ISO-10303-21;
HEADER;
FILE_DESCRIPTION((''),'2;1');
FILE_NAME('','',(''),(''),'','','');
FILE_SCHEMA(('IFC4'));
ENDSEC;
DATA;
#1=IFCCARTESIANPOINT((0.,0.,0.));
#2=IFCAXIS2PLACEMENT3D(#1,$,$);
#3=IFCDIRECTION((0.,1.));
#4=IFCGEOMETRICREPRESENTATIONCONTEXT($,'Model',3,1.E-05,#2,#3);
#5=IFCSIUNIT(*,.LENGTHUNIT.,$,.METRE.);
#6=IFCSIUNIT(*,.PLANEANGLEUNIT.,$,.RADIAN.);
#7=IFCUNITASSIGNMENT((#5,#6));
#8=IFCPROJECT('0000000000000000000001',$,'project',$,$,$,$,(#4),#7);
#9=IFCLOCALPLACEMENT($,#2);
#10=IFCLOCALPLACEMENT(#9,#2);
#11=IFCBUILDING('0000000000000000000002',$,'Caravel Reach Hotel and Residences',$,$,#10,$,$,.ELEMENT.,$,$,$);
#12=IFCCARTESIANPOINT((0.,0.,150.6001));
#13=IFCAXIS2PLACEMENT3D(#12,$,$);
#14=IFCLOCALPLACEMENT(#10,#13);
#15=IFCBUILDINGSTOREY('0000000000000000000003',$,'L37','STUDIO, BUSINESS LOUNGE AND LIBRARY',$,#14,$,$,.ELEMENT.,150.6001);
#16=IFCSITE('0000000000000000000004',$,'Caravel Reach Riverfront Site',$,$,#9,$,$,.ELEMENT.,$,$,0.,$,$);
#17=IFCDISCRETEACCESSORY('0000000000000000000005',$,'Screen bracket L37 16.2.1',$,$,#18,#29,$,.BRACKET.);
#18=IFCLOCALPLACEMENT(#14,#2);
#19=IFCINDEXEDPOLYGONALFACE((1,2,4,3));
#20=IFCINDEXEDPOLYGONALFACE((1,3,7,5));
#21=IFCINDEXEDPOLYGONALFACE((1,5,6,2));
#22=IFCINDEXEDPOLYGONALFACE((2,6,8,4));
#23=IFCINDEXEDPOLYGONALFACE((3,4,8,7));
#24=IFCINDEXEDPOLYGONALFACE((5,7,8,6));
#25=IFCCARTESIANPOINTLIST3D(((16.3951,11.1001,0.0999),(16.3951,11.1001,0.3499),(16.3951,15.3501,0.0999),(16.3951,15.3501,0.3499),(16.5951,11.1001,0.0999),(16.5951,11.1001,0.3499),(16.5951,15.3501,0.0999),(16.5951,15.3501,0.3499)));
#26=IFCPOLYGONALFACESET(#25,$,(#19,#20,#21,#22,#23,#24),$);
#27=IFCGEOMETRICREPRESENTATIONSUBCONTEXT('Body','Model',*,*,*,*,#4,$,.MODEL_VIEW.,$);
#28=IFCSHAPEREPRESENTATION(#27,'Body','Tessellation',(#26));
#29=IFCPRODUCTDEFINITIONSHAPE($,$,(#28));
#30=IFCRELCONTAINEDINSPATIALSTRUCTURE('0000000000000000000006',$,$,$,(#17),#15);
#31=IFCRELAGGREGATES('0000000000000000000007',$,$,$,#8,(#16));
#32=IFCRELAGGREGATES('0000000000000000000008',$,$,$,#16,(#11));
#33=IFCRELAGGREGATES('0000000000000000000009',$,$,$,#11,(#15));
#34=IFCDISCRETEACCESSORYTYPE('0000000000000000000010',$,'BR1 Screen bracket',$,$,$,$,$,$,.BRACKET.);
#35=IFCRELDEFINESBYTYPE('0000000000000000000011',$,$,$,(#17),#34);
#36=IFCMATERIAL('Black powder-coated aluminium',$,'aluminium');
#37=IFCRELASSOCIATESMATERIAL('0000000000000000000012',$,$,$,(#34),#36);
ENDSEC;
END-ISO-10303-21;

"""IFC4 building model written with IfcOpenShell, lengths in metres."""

from ifc_helpers import new_model, si_unit, direction, frame, origin, origin_2d, place, context, subcontext, project, spatial, rectangle, extrude, material, type_object, element, save


model = new_model("IFC4")

# Units and contexts
model_context = context("Model", 3, precision=1e-05, world=origin(), true_north=direction((0.0, 1.0)))
body_context = subcontext(model_context, "Body", "Model", "MODEL_VIEW")
ifc_project = project(units=[si_unit("LENGTHUNIT", "METRE"), si_unit("PLANEANGLEUNIT", "RADIAN")], contexts=[model_context])

# Site, building, storey
site_placement = place(None, origin())
site = spatial("IfcSite", under=ifc_project, at=site_placement, Name="Caravel Reach Riverfront Site", CompositionType="ELEMENT", RefElevation=0.0)
building_placement = place(site_placement, origin())
building = spatial("IfcBuilding", under=site, at=building_placement, Name="Caravel Reach Hotel and Residences", CompositionType="ELEMENT")
storey_placement = place(building_placement, frame((0.0, 0.0, 150.6001)))
storey = spatial("IfcBuildingStorey", under=building, at=storey_placement, Name="L37", Description="STUDIO, BUSINESS LOUNGE AND LIBRARY", CompositionType="ELEMENT", Elevation=150.6001)

# Discrete accessory
ifc_material_1 = material(Name="Black powder-coated aluminium", Category="aluminium")
discrete_accessory_type = type_object("IfcDiscreteAccessoryType", Name="BR1 Screen bracket", PredefinedType="BRACKET", material=ifc_material_1)
discrete_accessory_1_placement = place(storey_placement, frame((16.4951, 13.2251, 0.0999), z_axis=(0.0, 0.0, 1.0), x_axis=(0.0, -1.0, 0.0)))
element("IfcDiscreteAccessory", 1, at=discrete_accessory_1_placement, inside=storey, type_object=discrete_accessory_type, Name="Screen bracket L37 16.2.1", PredefinedType="BRACKET", context=body_context, shape_type="SweptSolid", body=[
    extrude(rectangle(XDim=4.25, YDim=0.2, at=origin_2d()), origin(), (0.0, 0.0, 1.0), 0.25),
])

save(model, "model.ifc")
